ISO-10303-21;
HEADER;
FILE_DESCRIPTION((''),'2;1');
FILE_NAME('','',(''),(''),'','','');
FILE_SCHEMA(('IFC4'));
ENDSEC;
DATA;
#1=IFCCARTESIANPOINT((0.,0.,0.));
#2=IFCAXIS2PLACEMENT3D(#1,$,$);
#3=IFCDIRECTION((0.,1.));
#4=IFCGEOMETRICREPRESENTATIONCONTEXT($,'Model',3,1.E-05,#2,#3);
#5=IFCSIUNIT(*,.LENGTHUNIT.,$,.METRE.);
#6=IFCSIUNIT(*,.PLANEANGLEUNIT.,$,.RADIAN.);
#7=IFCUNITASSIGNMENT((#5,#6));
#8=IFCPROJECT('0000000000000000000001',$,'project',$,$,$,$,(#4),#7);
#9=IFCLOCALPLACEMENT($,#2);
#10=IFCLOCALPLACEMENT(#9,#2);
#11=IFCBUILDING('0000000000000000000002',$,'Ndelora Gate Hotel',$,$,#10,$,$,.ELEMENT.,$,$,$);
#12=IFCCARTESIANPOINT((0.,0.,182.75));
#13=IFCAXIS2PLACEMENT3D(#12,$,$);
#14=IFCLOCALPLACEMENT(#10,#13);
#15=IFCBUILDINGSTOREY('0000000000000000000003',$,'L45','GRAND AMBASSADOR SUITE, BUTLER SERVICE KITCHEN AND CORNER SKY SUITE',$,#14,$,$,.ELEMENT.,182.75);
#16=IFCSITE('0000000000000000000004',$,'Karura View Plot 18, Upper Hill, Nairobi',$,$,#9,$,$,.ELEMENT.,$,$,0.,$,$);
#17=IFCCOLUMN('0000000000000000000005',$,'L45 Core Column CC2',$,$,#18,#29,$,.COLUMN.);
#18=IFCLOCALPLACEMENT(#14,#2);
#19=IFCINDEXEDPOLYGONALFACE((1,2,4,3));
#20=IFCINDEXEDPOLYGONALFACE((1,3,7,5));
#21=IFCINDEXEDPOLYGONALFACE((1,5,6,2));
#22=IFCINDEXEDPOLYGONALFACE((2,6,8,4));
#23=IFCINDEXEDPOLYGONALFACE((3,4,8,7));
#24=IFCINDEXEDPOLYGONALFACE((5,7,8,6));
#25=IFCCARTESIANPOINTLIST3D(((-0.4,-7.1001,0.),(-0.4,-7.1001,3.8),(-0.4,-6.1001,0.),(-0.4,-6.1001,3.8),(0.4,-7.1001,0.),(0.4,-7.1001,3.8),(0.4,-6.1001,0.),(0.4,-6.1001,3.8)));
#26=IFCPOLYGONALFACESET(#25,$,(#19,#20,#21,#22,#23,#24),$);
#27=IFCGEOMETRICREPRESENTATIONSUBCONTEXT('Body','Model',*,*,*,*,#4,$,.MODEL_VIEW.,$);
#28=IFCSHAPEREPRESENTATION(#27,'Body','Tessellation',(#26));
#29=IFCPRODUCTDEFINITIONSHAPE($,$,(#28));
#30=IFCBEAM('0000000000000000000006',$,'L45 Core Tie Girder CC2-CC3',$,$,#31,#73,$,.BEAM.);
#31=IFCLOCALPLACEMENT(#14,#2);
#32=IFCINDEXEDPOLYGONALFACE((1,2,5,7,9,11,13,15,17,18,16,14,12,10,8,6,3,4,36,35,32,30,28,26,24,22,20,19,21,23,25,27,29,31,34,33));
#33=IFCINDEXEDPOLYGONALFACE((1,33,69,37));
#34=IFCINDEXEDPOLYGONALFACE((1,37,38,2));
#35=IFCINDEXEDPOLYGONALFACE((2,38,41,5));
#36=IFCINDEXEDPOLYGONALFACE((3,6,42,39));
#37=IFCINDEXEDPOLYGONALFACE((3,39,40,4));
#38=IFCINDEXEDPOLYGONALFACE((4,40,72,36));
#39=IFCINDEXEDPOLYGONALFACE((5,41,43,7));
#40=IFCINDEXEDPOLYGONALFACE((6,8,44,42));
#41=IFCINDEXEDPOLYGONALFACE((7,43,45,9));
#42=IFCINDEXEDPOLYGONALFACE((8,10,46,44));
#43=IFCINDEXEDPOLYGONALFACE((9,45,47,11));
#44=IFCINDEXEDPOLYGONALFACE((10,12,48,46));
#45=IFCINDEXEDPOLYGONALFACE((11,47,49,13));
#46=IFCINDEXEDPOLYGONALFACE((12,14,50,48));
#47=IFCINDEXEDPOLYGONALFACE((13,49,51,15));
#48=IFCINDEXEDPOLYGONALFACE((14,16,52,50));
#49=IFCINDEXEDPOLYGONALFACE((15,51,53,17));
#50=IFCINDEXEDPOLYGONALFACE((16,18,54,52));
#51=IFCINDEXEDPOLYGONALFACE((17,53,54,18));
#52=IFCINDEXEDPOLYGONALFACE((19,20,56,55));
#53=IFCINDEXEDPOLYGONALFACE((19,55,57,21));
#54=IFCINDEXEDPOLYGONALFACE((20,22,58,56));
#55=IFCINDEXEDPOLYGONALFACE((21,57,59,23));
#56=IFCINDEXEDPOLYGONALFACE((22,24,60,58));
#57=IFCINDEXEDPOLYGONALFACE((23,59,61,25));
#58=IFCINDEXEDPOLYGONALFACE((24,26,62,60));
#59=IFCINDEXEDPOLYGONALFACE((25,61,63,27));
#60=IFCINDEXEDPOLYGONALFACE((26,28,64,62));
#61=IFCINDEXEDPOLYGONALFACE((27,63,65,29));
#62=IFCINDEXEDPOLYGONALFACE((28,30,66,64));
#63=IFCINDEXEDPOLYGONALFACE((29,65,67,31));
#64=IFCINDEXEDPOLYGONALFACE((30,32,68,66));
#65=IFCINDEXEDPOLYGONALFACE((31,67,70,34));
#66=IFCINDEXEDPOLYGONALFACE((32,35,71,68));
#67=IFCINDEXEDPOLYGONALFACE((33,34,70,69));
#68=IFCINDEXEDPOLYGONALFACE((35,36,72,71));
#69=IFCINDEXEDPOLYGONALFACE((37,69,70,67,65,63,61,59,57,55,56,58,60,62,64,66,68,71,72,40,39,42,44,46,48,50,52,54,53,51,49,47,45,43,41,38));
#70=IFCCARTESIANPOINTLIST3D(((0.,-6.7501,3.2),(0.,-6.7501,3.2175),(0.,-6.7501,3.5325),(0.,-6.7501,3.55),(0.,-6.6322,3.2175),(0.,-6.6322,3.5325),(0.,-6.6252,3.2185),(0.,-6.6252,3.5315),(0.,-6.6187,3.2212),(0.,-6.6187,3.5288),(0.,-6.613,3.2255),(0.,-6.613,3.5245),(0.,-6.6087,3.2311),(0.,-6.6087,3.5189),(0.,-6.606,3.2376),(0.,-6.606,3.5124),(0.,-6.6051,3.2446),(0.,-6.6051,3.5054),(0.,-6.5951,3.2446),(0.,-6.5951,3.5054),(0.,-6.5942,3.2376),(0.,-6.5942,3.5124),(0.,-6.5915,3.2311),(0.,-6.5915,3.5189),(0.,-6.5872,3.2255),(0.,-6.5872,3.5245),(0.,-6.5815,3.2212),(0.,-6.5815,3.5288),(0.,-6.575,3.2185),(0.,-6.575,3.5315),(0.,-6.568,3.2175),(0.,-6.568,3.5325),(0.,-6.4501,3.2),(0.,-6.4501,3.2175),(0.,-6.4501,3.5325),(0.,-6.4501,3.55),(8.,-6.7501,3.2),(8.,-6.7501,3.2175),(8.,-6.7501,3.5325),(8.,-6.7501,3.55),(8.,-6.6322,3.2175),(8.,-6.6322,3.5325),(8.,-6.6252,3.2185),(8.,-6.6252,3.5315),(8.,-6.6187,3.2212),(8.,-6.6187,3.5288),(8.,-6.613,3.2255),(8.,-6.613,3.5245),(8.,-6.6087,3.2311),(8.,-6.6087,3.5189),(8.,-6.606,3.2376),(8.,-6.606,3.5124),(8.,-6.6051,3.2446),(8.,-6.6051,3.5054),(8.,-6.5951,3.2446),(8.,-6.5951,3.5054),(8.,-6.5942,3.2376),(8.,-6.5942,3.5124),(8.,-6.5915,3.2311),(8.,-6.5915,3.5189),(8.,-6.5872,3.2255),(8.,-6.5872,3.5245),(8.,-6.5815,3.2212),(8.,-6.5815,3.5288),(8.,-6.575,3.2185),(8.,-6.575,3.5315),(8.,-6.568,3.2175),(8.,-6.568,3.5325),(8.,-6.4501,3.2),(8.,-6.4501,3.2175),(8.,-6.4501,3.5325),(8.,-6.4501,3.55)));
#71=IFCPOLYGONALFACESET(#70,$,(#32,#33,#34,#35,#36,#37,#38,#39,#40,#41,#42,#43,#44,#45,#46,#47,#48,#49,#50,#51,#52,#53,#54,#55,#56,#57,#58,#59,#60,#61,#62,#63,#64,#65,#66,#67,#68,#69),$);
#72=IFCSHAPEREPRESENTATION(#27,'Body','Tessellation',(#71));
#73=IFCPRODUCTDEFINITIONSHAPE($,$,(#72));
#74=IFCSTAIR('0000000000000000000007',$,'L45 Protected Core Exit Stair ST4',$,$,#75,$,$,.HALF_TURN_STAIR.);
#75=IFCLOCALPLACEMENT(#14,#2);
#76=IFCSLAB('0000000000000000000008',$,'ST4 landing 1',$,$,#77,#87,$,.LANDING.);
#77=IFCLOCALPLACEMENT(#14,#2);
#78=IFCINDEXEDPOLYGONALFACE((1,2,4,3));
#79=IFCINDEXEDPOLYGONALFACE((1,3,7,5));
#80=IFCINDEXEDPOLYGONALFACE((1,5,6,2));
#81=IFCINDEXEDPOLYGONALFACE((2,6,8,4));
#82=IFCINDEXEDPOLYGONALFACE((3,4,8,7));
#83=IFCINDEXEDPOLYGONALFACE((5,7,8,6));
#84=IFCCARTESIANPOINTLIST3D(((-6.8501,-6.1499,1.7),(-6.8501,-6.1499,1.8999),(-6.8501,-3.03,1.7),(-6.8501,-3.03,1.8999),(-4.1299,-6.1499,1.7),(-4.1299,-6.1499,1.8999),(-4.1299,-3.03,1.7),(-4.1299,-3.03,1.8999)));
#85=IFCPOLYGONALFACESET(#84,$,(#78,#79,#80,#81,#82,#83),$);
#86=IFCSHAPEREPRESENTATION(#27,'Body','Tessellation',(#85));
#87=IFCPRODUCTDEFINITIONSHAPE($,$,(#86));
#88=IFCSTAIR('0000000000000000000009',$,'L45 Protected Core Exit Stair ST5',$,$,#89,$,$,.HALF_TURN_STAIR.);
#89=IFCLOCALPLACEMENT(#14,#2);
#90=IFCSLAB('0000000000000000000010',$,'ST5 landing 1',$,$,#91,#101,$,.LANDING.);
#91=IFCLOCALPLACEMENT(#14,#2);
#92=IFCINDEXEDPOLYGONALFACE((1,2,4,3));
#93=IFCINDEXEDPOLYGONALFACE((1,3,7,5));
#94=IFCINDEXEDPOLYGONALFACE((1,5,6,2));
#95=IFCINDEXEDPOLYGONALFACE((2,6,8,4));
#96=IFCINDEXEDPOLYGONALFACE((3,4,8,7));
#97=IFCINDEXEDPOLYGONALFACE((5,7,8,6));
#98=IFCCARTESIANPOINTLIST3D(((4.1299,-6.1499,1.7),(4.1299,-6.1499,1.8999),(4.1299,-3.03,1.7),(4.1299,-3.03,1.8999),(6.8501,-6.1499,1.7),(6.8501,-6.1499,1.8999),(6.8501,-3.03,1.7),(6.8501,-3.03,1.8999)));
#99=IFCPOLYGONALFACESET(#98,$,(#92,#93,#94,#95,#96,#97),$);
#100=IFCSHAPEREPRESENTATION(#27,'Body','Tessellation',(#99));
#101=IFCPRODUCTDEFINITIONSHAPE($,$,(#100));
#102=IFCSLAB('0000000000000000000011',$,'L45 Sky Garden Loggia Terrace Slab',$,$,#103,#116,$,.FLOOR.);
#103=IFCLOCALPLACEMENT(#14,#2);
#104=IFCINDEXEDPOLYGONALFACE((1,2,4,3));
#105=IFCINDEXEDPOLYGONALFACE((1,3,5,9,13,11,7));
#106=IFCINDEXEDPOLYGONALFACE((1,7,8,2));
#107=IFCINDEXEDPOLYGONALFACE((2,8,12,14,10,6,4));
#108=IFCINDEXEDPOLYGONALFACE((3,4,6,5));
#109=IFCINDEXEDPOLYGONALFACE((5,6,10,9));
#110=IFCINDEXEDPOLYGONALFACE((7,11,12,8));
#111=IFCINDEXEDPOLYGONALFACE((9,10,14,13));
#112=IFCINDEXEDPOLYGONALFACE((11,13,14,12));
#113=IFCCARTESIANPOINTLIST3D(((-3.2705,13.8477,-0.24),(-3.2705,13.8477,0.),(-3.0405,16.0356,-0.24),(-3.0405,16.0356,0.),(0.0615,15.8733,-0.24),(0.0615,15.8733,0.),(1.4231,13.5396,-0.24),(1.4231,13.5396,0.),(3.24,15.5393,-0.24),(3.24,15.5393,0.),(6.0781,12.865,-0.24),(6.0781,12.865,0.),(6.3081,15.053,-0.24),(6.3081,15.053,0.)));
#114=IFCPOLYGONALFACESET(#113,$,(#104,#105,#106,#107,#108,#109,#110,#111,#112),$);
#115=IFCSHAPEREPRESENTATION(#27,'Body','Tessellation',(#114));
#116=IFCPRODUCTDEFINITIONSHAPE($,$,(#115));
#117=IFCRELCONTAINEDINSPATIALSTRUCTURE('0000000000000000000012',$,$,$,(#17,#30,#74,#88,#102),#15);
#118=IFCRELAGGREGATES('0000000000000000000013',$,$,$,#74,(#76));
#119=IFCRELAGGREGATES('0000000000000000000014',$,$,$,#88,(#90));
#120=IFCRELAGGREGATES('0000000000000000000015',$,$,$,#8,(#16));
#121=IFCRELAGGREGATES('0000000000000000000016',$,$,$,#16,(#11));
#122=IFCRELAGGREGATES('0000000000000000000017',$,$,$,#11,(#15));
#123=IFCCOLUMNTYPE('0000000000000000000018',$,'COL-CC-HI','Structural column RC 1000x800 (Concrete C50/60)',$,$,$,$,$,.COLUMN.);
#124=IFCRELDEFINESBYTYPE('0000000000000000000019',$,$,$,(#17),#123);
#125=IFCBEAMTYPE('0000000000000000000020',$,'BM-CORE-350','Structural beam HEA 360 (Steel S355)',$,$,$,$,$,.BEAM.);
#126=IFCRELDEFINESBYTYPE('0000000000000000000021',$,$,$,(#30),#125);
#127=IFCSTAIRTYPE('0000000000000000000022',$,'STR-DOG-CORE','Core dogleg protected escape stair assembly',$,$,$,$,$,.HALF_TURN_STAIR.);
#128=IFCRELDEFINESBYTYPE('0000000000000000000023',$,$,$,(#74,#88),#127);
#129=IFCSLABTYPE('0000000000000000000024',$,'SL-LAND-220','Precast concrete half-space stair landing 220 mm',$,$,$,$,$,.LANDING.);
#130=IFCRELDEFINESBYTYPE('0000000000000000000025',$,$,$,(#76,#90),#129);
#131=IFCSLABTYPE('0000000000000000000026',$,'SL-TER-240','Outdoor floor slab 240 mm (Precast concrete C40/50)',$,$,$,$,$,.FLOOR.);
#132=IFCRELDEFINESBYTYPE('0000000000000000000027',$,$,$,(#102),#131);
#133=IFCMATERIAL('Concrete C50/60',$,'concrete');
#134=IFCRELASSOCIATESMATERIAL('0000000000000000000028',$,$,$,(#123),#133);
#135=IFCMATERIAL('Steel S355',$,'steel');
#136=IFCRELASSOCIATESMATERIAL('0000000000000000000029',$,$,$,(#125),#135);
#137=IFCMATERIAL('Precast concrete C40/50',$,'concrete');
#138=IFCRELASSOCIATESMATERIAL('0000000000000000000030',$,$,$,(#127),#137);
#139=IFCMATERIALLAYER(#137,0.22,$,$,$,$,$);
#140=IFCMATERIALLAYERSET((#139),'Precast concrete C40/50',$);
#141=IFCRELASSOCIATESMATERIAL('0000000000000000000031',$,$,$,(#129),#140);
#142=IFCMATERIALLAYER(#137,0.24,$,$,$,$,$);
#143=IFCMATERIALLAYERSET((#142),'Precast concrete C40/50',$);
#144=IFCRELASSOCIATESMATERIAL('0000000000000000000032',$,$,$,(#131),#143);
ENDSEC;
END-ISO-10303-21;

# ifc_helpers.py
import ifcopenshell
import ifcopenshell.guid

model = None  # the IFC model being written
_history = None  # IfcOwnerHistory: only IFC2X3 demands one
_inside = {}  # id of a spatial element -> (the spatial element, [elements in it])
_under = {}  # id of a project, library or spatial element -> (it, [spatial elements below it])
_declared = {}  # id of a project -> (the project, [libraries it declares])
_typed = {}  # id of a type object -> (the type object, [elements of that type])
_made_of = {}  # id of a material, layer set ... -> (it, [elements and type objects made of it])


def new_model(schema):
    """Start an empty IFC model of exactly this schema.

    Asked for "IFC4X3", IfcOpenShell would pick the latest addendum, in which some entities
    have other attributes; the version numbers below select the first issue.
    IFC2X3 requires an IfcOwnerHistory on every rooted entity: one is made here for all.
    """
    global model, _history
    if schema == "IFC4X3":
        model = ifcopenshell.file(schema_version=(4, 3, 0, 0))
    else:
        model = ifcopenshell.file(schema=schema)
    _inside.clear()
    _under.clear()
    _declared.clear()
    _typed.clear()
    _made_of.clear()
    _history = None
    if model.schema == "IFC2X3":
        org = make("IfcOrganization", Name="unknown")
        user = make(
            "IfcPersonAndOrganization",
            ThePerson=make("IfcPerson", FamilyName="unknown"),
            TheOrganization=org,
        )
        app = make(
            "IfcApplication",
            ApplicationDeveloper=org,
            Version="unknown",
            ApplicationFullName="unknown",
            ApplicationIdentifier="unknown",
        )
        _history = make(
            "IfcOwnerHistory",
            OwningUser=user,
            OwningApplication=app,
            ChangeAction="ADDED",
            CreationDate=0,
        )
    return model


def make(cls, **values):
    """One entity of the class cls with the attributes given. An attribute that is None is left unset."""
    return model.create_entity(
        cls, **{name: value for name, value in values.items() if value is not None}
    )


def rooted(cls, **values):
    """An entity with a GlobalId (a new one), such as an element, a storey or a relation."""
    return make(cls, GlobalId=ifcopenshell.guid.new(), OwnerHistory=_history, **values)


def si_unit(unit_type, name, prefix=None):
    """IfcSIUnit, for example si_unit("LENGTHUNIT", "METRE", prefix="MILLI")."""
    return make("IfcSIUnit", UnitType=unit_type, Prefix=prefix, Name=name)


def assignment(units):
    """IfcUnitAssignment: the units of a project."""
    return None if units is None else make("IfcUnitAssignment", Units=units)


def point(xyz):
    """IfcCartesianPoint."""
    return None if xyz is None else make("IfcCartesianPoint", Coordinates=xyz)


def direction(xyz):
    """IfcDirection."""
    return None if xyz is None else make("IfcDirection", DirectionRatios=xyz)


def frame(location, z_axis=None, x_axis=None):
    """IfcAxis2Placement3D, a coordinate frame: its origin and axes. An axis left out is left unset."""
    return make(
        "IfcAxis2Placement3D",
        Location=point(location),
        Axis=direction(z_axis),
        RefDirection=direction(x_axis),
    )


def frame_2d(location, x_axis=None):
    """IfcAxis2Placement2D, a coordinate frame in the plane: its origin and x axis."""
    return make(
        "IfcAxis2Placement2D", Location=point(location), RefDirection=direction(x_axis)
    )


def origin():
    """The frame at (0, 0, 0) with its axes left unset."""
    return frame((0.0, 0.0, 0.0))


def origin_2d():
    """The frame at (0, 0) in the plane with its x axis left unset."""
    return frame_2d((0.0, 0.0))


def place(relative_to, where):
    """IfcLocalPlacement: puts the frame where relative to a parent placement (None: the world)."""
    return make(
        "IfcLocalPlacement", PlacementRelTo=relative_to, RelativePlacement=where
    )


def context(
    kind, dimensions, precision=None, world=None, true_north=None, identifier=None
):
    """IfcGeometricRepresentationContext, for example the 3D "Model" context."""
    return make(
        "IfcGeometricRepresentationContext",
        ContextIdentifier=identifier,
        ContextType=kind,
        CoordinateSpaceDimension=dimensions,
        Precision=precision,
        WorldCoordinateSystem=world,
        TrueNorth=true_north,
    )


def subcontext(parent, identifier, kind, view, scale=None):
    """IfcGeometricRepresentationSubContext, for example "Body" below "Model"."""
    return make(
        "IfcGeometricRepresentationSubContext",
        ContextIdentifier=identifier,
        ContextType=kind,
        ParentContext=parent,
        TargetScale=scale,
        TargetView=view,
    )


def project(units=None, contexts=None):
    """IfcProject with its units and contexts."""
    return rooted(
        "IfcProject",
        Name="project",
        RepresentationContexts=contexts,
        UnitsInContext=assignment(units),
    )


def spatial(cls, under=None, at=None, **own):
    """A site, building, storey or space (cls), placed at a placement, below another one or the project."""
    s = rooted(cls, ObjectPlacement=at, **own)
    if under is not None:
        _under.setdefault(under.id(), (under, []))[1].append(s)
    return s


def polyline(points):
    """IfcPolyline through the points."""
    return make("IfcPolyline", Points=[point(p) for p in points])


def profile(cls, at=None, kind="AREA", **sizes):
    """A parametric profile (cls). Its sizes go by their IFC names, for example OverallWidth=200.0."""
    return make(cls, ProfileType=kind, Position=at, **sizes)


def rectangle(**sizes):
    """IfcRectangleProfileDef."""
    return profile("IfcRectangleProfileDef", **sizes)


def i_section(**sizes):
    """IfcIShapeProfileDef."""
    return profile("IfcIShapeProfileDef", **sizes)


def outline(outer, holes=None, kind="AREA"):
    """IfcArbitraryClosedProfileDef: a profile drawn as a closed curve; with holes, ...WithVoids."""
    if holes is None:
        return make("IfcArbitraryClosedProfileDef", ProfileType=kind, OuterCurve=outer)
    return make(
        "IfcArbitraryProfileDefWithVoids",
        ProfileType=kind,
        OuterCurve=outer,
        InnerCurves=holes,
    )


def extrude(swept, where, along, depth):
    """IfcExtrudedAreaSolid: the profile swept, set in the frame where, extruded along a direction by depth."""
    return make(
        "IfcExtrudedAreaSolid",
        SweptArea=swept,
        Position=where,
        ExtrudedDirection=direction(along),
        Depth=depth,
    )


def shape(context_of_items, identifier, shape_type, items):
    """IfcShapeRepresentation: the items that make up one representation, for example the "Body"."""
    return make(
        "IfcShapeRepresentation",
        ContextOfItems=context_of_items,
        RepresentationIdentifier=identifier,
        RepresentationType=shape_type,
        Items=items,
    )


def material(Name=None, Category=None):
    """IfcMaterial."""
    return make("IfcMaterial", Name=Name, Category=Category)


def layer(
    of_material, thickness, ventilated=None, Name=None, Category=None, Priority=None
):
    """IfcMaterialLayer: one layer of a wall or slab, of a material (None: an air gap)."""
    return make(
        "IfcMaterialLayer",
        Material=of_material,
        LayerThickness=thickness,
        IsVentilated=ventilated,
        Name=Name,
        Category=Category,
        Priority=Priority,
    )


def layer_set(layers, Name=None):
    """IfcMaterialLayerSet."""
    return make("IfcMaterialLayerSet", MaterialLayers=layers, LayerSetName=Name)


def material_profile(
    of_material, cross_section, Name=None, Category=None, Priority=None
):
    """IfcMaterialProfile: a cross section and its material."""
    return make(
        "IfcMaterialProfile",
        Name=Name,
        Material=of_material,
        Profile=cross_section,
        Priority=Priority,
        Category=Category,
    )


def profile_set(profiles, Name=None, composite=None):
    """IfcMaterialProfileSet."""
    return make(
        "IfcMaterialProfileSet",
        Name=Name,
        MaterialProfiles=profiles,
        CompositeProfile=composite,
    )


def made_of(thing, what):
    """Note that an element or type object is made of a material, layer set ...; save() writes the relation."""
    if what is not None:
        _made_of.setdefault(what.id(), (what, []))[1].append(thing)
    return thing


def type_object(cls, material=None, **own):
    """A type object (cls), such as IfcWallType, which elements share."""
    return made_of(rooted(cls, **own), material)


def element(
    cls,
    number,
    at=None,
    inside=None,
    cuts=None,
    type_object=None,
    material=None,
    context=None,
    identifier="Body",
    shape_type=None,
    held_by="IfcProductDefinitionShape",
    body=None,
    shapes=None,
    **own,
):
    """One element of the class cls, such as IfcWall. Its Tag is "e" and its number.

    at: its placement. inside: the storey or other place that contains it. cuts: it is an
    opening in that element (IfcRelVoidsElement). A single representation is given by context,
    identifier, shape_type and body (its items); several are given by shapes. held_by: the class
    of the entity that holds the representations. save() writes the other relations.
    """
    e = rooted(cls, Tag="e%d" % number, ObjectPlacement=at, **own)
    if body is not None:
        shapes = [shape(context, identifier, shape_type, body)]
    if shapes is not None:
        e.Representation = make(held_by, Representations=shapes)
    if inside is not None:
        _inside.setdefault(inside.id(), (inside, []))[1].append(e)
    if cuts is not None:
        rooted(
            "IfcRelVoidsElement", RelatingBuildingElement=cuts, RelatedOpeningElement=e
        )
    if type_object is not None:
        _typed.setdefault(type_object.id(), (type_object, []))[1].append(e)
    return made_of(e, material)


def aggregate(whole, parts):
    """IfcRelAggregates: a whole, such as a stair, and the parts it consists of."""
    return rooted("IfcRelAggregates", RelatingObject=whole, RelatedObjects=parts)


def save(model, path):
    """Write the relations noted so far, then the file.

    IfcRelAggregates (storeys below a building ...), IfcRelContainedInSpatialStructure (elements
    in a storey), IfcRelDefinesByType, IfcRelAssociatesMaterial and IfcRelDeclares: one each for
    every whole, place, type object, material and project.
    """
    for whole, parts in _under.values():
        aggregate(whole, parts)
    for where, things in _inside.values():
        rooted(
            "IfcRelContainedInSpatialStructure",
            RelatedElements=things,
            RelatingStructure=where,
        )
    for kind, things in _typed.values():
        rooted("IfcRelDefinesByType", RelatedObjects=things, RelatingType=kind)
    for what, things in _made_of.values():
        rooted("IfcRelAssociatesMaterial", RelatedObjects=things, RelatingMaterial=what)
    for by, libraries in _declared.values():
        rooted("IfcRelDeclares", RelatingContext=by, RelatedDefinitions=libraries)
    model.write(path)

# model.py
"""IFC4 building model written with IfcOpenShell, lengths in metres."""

from ifc_helpers import new_model, si_unit, direction, frame, origin, origin_2d, place, context, subcontext, project, spatial, polyline, rectangle, i_section, outline, extrude, material, layer, layer_set, material_profile, profile_set, type_object, element, aggregate, save


model = new_model("IFC4")

# Units and contexts
model_context = context("Model", 3, precision=1e-05, world=origin(), true_north=direction((0.0, 1.0)))
body_context = subcontext(model_context, "Body", "Model", "MODEL_VIEW")
ifc_project = project(units=[si_unit("LENGTHUNIT", "METRE"), si_unit("PLANEANGLEUNIT", "RADIAN")], contexts=[model_context])

# Site, building, storey
site_placement = place(None, origin())
site = spatial("IfcSite", under=ifc_project, at=site_placement, Name="Karura View Plot 18, Upper Hill, Nairobi", CompositionType="ELEMENT", RefElevation=0.0)
building_placement = place(site_placement, origin())
building = spatial("IfcBuilding", under=site, at=building_placement, Name="Ndelora Gate Hotel", CompositionType="ELEMENT")
storey_placement = place(building_placement, frame((0.0, 0.0, 182.75)))
storey = spatial("IfcBuildingStorey", under=building, at=storey_placement, Name="L45", Description="GRAND AMBASSADOR SUITE, BUTLER SERVICE KITCHEN AND CORNER SKY SUITE", CompositionType="ELEMENT", Elevation=182.75)

# Column
ifc_material_1 = material(Name="Concrete C50/60", Category="concrete")
ifc_material_profile_1 = material_profile(ifc_material_1, rectangle(XDim=0.8, YDim=1.0, at=origin_2d()), Name="RC 1000x800")
ifc_profile_set_1 = profile_set([ifc_material_profile_1], Name="Concrete C50/60")
column_type = type_object("IfcColumnType", Name="COL-CC-HI", Description="Structural column RC 1000x800 (Concrete C50/60)", PredefinedType="COLUMN", material=ifc_profile_set_1)
column_placement = place(storey_placement, frame((0.0, -6.6001, 0.0), z_axis=(0.0, 0.0, 1.0), x_axis=(1.0, 0.0, 0.0)))
element("IfcColumn", 1, at=column_placement, inside=storey, type_object=column_type, Name="L45 Core Column CC2", PredefinedType="COLUMN", context=body_context, shape_type="SweptSolid", body=[
    extrude(rectangle(XDim=0.8, YDim=1.0, at=origin_2d()), origin(), (0.0, 0.0, 1.0), 3.8),
])

# Beam
ifc_material_2 = material(Name="Steel S355", Category="steel")
ifc_material_profile_2 = material_profile(ifc_material_2, i_section(OverallWidth=0.3, OverallDepth=0.3501, WebThickness=0.01, FlangeThickness=0.0176, FilletRadius=0.0271, at=origin_2d()), Name="HEA 360")
ifc_profile_set_2 = profile_set([ifc_material_profile_2], Name="Steel S355")
beam_type = type_object("IfcBeamType", Name="BM-CORE-350", Description="Structural beam HEA 360 (Steel S355)", PredefinedType="BEAM", material=ifc_profile_set_2)
beam_placement = place(storey_placement, frame((0.0, -6.6001, 3.375), z_axis=(1.0, 0.0, 0.0), x_axis=(0.0, 1.0, 0.0)))
element("IfcBeam", 2, at=beam_placement, inside=storey, type_object=beam_type, Name="L45 Core Tie Girder CC2-CC3", PredefinedType="BEAM", context=body_context, shape_type="SweptSolid", body=[
    extrude(i_section(OverallWidth=0.3, OverallDepth=0.3501, WebThickness=0.01, FlangeThickness=0.0176, FilletRadius=0.0271, at=origin_2d()), origin(), (0.0, 0.0, 1.0), 8.0),
])

# Stairs, slabs
ifc_material_3 = material(Name="Precast concrete C40/50", Category="concrete")
stair_type = type_object("IfcStairType", Name="STR-DOG-CORE", Description="Core dogleg protected escape stair assembly", PredefinedType="HALF_TURN_STAIR", material=ifc_material_3)
stair_1_placement = place(storey_placement, origin())
stair_1 = element("IfcStair", 3, at=stair_1_placement, inside=storey, type_object=stair_type, Name="L45 Protected Core Exit Stair ST4", PredefinedType="HALF_TURN_STAIR")
ifc_layer_1 = layer(ifc_material_3, 0.22)
ifc_layer_set_1 = layer_set([ifc_layer_1], Name="Precast concrete C40/50")
slab_type_1 = type_object("IfcSlabType", Name="SL-LAND-220", Description="Precast concrete half-space stair landing 220 mm", PredefinedType="LANDING", material=ifc_layer_set_1)
slab_1_placement = place(storey_placement, frame((0.0, 0.0, 1.7)))
slab_1 = element("IfcSlab", 4, at=slab_1_placement, type_object=slab_type_1, Name="ST4 landing 1", PredefinedType="LANDING", context=body_context, shape_type="SweptSolid", body=[
    extrude(outline(polyline([(-6.8501, -3.03), (-6.8501, -6.1499), (-4.1299, -6.1499), (-4.1299, -3.03), (-6.8501, -3.03)])), origin(), (0.0, 0.0, 1.0), 0.2),
])
aggregate(stair_1, [slab_1])
stair_2_placement = place(storey_placement, origin())
stair_2 = element("IfcStair", 5, at=stair_2_placement, inside=storey, type_object=stair_type, Name="L45 Protected Core Exit Stair ST5", PredefinedType="HALF_TURN_STAIR")
slab_2_placement = place(storey_placement, frame((0.0, 0.0, 1.7)))
slab_2 = element("IfcSlab", 6, at=slab_2_placement, type_object=slab_type_1, Name="ST5 landing 1", PredefinedType="LANDING", context=body_context, shape_type="SweptSolid", body=[
    extrude(outline(polyline([(4.1299, -3.03), (4.1299, -6.1499), (6.8501, -6.1499), (6.8501, -3.03), (4.1299, -3.03)])), origin(), (0.0, 0.0, 1.0), 0.2),
])

# Slab
ifc_layer_2 = layer(ifc_material_3, 0.24)
ifc_layer_set_2 = layer_set([ifc_layer_2], Name="Precast concrete C40/50")
slab_type_2 = type_object("IfcSlabType", Name="SL-TER-240", Description="Outdoor floor slab 240 mm (Precast concrete C40/50)", PredefinedType="FLOOR", material=ifc_layer_set_2)
slab_3_placement = place(storey_placement, frame((0.0, 0.0, -0.24)))
element("IfcSlab", 7, at=slab_3_placement, inside=storey, type_object=slab_type_2, Name="L45 Sky Garden Loggia Terrace Slab", PredefinedType="FLOOR", context=body_context, shape_type="SweptSolid", body=[
    extrude(outline(polyline([(6.0781, 12.865), (6.3081, 15.053), (3.24, 15.5393), (0.0615, 15.8733), (-3.0405, 16.0356), (-3.2705, 13.8477), (1.4231, 13.5396), (6.0781, 12.865)])), origin(), (0.0, 0.0, 1.0), 0.24),
])

aggregate(stair_2, [slab_2])

save(model, "model.ifc")
